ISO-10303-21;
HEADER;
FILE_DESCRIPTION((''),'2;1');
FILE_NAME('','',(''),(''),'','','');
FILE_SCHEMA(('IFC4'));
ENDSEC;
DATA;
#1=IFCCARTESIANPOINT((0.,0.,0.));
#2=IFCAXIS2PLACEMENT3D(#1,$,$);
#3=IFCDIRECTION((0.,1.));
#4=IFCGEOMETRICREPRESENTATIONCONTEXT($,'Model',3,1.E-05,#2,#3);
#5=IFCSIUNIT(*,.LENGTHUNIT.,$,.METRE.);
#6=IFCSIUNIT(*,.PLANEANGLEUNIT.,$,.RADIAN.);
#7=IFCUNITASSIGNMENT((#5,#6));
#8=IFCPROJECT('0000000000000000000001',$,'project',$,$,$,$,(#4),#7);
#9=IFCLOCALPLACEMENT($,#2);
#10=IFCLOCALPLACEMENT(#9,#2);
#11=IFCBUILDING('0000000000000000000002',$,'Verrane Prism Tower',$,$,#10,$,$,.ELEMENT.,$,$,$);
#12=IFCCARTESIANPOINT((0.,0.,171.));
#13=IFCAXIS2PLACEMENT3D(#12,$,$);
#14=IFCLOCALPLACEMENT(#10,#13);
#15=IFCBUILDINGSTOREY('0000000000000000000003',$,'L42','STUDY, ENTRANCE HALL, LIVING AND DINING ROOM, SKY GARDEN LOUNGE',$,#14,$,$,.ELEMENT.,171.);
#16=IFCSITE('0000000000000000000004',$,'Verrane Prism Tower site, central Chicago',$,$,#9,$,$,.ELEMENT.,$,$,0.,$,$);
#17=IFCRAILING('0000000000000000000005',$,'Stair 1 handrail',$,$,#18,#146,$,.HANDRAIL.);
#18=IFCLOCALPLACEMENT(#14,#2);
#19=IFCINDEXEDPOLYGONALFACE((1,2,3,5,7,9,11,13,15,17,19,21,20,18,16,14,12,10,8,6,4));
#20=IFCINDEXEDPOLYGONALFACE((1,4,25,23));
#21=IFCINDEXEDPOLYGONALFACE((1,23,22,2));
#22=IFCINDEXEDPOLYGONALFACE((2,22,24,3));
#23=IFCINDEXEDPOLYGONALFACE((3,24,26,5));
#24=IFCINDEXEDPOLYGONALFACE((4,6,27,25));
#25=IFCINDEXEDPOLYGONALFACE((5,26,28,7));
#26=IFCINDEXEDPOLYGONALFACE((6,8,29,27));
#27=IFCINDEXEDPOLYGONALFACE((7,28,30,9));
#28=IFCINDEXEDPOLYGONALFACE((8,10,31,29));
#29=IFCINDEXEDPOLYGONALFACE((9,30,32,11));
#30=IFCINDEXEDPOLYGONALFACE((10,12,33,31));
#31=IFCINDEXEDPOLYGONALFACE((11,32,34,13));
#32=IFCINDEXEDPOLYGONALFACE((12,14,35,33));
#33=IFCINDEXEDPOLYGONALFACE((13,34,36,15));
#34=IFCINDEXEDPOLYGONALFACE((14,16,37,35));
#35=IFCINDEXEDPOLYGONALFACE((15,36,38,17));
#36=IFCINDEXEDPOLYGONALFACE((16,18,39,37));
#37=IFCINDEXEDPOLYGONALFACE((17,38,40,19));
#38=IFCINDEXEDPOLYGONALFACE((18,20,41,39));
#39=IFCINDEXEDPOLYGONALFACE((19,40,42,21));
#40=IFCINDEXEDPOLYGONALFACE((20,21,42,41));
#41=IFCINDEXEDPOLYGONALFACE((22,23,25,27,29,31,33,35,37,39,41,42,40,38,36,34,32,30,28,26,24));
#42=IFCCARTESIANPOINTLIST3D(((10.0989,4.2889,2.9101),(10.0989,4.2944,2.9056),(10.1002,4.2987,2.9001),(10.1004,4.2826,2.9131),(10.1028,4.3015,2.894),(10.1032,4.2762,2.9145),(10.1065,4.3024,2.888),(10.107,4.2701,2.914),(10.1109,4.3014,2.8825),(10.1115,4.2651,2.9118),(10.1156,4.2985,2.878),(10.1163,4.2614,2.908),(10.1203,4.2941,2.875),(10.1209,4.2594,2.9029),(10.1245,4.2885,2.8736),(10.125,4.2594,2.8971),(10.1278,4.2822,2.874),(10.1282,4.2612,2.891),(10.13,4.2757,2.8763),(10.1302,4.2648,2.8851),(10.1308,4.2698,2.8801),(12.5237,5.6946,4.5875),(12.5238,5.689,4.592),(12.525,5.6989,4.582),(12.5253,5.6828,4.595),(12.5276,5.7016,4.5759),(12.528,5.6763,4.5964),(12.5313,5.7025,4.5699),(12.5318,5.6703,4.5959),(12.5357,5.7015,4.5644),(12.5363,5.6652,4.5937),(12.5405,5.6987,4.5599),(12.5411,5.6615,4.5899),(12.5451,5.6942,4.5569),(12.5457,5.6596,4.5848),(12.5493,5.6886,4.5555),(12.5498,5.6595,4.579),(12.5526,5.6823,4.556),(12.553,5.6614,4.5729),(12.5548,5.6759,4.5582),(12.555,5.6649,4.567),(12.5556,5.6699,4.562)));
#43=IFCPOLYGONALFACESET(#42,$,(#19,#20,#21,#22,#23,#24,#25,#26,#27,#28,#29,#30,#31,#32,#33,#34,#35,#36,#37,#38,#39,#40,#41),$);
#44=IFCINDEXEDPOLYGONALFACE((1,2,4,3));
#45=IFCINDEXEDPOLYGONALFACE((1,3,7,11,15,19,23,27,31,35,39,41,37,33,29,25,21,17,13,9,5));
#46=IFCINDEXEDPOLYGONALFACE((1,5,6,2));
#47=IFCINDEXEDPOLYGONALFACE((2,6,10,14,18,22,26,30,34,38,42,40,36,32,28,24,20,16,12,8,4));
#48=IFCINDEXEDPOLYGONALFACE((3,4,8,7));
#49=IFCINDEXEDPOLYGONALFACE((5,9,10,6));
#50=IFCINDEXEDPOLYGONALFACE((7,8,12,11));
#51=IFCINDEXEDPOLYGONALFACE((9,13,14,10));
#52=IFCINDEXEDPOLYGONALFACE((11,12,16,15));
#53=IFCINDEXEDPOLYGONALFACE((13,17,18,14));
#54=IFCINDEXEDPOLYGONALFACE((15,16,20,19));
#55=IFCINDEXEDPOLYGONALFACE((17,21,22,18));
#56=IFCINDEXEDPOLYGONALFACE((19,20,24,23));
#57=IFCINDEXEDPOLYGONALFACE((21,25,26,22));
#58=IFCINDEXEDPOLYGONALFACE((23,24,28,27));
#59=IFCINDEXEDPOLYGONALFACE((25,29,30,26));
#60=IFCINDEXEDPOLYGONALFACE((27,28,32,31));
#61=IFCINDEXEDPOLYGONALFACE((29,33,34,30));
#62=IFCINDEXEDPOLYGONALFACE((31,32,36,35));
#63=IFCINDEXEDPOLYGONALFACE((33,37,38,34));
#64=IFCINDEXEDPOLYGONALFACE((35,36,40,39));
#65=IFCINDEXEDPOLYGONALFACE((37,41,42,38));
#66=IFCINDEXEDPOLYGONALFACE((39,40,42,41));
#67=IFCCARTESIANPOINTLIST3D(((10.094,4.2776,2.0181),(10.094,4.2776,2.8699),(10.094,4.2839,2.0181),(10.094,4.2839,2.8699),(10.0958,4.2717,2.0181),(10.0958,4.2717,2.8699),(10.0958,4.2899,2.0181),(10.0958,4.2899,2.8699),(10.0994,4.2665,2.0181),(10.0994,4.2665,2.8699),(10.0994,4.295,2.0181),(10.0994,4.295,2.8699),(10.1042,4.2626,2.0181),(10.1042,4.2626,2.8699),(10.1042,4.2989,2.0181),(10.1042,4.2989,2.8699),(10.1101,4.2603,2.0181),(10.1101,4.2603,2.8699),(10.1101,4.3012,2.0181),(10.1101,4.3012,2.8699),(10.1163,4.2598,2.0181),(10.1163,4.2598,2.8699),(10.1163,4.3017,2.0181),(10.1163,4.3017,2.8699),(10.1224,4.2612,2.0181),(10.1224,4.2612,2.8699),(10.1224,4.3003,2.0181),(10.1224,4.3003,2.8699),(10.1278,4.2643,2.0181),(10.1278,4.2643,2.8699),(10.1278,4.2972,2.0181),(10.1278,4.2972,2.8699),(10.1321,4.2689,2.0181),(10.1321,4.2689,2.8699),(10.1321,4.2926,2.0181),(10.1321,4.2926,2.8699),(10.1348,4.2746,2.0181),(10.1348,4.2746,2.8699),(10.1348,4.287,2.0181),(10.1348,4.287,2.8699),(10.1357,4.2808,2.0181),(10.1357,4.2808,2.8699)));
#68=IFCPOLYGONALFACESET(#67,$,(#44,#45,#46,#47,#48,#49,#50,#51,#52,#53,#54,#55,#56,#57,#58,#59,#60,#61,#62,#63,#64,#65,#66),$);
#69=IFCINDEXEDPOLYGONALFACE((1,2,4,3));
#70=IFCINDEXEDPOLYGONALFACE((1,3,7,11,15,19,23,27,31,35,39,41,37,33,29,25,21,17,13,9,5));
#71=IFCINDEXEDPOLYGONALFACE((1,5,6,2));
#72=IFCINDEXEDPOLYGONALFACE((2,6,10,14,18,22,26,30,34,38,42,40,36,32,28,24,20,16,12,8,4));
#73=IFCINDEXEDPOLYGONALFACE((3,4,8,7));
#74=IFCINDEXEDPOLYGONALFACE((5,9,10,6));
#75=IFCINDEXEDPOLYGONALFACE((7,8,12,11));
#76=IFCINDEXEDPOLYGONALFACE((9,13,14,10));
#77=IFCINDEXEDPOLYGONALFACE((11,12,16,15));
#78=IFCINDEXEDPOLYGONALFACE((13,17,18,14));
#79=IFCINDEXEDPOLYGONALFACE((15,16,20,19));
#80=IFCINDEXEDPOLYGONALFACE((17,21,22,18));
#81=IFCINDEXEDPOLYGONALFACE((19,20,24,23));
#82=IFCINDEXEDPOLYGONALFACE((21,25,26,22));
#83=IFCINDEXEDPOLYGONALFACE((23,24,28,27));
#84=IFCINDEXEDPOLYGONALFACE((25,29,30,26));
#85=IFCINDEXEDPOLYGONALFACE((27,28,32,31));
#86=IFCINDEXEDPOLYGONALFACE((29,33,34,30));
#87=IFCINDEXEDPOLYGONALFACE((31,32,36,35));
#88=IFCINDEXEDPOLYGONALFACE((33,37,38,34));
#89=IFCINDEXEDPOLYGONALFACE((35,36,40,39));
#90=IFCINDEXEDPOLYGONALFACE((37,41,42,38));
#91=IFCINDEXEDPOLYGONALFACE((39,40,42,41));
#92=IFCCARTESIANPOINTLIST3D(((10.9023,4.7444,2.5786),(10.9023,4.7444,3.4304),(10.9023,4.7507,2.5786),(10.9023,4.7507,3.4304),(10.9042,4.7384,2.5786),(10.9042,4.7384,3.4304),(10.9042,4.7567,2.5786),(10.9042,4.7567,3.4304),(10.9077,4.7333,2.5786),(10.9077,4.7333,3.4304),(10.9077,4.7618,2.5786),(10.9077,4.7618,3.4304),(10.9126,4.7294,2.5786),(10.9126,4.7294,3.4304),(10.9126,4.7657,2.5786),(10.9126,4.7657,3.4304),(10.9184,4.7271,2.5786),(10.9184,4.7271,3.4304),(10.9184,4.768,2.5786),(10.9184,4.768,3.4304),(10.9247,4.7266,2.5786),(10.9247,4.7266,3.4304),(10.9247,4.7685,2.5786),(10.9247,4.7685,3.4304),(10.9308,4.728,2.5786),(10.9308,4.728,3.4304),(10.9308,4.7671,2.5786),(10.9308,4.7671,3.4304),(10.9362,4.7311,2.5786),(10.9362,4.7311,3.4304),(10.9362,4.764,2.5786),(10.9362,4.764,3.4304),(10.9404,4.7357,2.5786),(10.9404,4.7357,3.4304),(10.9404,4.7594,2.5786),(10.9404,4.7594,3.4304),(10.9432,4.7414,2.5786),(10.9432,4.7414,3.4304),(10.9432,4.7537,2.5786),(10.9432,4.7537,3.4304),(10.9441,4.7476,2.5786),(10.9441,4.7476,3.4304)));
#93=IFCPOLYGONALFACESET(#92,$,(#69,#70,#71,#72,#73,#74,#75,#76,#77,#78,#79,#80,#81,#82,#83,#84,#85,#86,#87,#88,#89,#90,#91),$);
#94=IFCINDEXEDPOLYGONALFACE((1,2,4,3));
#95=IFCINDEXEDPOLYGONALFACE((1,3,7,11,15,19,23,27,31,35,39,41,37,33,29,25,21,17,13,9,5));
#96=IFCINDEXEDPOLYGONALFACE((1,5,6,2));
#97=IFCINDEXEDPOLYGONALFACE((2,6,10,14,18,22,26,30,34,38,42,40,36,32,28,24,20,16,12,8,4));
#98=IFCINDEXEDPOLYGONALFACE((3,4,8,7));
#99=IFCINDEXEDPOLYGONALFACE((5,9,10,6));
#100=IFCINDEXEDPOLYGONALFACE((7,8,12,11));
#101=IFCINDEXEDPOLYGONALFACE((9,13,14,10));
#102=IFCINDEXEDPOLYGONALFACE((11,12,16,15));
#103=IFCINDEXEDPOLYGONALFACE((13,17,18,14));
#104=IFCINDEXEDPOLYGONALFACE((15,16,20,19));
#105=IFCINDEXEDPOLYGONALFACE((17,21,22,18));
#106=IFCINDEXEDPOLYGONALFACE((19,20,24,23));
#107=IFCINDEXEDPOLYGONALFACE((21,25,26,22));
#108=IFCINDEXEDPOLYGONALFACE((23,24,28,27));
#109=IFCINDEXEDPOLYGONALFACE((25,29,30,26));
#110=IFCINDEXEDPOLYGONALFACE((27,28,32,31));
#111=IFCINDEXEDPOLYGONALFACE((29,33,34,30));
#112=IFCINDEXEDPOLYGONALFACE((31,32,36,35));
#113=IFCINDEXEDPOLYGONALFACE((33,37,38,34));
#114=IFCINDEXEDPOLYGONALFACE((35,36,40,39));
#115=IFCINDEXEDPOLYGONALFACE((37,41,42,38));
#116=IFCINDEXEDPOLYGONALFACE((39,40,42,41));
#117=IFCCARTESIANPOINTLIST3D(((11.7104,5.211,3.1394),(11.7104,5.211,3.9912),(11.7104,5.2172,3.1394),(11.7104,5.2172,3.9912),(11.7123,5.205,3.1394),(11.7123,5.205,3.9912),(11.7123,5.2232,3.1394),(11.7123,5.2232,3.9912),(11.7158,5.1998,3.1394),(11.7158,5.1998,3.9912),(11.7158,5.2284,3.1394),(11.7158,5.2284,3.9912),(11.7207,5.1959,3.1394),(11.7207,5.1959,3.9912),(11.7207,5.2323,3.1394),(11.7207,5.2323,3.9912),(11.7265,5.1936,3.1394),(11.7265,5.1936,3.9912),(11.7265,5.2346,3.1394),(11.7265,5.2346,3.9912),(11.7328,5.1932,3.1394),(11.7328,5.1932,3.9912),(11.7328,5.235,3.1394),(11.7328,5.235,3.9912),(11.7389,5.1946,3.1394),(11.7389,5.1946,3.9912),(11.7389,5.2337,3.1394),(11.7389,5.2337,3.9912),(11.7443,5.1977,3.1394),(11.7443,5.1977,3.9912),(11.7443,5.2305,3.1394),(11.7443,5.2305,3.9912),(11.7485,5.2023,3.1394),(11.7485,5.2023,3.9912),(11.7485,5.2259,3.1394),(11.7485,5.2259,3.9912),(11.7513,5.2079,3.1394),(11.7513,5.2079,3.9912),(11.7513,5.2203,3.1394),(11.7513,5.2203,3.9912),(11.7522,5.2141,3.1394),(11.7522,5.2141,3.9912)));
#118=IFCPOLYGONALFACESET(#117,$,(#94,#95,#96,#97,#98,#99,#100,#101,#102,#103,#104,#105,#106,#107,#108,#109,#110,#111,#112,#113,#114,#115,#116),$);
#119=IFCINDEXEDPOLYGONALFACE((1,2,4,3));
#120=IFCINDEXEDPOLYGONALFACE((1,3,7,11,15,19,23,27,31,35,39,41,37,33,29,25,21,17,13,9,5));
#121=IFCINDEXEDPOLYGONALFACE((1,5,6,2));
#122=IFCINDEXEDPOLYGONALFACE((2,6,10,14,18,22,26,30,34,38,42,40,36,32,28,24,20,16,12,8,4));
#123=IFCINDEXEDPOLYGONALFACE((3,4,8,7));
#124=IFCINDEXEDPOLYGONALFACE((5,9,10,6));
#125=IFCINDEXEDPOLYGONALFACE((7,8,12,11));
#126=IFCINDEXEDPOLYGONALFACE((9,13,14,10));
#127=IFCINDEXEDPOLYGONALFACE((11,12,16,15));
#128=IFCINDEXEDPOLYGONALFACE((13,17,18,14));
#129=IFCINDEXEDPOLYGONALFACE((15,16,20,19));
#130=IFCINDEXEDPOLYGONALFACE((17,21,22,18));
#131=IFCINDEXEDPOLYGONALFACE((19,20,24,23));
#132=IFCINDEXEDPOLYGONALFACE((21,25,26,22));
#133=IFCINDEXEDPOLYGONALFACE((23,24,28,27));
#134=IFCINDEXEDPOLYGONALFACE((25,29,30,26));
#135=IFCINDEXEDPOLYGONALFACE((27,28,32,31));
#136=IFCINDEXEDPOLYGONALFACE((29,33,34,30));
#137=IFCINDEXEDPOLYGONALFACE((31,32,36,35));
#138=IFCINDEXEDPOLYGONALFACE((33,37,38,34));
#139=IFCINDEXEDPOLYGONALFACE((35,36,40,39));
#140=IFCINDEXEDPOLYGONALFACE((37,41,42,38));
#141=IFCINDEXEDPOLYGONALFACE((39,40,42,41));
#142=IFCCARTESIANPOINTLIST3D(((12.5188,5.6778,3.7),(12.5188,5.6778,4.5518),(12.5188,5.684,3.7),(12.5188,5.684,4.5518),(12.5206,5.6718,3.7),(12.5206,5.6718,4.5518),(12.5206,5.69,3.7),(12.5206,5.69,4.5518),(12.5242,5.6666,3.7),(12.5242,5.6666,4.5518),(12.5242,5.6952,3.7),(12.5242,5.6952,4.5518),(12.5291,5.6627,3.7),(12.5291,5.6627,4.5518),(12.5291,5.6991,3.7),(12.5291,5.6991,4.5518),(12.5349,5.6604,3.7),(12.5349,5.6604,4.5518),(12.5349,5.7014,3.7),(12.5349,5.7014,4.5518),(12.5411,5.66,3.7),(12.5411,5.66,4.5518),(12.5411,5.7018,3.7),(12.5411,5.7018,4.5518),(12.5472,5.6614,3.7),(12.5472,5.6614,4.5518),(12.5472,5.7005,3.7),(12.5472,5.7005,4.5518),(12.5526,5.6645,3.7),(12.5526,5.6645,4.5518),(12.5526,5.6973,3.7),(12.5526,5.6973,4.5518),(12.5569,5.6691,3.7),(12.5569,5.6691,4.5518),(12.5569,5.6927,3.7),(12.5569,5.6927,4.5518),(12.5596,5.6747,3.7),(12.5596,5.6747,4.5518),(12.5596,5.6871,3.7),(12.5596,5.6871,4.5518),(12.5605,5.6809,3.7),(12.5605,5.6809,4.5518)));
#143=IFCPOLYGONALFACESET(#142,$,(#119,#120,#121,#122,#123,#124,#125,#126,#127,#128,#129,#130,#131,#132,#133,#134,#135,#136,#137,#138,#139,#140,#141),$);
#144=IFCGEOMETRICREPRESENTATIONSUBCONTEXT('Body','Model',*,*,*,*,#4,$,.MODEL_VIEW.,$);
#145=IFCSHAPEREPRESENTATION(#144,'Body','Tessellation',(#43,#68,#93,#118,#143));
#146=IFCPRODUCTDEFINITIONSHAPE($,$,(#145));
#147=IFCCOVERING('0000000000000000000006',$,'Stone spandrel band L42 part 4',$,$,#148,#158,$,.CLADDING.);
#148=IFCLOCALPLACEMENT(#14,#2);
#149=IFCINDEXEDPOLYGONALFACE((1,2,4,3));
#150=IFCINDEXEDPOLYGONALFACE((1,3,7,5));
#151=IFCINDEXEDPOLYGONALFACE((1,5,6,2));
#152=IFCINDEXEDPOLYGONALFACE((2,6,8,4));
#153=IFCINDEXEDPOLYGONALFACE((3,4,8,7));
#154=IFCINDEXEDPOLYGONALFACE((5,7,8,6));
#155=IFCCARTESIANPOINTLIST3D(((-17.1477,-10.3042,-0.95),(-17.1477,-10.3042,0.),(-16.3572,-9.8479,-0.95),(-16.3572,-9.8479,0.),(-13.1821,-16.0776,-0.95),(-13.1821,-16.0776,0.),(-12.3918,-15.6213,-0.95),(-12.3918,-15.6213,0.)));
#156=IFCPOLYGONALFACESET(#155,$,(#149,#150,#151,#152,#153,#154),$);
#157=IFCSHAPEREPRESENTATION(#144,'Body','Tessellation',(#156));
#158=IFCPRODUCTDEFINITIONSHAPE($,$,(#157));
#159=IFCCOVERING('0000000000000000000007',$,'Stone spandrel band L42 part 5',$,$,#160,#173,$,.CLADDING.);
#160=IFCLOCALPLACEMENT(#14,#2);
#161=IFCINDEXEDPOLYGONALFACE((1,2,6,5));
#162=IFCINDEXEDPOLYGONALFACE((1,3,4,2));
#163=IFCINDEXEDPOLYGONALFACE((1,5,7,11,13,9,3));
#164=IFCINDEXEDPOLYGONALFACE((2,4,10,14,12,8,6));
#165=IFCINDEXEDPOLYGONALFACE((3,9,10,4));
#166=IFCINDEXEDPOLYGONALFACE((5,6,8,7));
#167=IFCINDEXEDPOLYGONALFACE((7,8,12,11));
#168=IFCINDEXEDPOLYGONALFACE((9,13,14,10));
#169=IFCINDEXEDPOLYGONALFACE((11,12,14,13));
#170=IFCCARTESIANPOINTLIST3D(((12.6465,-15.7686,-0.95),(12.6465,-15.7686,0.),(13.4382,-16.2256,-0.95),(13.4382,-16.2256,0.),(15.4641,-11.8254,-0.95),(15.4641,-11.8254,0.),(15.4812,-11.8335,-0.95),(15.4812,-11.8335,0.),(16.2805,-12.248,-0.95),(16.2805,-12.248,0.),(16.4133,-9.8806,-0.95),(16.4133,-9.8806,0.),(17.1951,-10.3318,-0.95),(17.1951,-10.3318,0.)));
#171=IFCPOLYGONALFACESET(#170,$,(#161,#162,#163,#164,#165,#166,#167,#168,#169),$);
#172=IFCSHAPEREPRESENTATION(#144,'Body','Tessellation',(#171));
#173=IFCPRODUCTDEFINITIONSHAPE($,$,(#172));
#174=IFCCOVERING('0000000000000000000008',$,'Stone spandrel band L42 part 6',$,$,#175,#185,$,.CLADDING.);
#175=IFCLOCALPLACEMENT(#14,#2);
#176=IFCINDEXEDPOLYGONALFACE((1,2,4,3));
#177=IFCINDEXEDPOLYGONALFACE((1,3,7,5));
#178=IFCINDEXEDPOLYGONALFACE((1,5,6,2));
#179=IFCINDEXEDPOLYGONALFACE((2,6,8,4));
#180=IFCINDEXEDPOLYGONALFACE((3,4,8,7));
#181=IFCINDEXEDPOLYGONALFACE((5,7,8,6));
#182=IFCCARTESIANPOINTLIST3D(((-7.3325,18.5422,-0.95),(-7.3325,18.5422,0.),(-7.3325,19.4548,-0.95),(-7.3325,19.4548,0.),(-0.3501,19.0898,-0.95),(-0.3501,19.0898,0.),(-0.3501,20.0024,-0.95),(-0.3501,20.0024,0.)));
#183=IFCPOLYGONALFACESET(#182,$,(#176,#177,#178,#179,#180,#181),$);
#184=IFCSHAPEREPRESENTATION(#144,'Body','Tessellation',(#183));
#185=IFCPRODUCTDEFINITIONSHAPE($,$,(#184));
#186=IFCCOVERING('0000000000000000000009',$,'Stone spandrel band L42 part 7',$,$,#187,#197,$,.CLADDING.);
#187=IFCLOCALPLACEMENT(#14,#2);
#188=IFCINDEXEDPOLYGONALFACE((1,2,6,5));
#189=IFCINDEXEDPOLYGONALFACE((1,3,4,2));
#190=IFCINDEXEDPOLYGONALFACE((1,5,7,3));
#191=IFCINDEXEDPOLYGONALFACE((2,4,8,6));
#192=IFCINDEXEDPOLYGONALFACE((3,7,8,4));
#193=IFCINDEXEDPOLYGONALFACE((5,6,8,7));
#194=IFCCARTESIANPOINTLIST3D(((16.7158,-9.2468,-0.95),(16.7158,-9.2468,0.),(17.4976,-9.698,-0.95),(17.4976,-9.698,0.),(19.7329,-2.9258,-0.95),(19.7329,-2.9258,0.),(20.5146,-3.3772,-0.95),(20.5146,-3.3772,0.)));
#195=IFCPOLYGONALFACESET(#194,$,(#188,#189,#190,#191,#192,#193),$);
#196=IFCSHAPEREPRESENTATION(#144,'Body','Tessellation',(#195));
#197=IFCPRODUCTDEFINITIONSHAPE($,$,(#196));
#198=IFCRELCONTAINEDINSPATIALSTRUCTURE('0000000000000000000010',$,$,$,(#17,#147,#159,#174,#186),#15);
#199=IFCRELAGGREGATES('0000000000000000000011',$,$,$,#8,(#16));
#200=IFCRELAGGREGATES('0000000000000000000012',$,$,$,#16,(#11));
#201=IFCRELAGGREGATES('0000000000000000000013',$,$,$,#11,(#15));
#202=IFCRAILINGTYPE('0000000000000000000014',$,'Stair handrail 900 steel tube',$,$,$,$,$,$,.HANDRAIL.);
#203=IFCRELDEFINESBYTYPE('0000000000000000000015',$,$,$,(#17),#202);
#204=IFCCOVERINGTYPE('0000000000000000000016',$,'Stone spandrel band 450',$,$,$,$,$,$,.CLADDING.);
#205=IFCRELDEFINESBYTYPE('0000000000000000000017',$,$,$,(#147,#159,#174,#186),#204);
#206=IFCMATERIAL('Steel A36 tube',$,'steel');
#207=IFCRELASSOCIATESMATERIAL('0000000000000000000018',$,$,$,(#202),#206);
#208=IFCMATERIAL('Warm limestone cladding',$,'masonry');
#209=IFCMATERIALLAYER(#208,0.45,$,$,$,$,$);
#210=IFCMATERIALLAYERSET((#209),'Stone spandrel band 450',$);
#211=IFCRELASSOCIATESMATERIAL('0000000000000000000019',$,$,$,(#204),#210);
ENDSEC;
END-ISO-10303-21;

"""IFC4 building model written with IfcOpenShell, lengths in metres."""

from ifc_helpers import new_model, si_unit, direction, frame, origin, origin_2d, place, context, subcontext, project, spatial, polyline, circle, outline, extrude, material, layer, layer_set, type_object, element, save


model = new_model("IFC4")

# Units and contexts
model_context = context("Model", 3, precision=1e-05, world=origin(), true_north=direction((0.0, 1.0)))
body_context = subcontext(model_context, "Body", "Model", "MODEL_VIEW")
ifc_project = project(units=[si_unit("LENGTHUNIT", "METRE"), si_unit("PLANEANGLEUNIT", "RADIAN")], contexts=[model_context])

# Site, building, storey
site_placement = place(None, origin())
site = spatial("IfcSite", under=ifc_project, at=site_placement, Name="Verrane Prism Tower site, central Chicago", CompositionType="ELEMENT", RefElevation=0.0)
building_placement = place(site_placement, origin())
building = spatial("IfcBuilding", under=site, at=building_placement, Name="Verrane Prism Tower", CompositionType="ELEMENT")
storey_placement = place(building_placement, frame((0.0, 0.0, 171.0)))
storey = spatial("IfcBuildingStorey", under=building, at=storey_placement, Name="L42", Description="STUDY, ENTRANCE HALL, LIVING AND DINING ROOM, SKY GARDEN LOUNGE", CompositionType="ELEMENT", Elevation=171.0)

# Railing
ifc_material_1 = material(Name="Steel A36 tube", Category="steel")
railing_type = type_object("IfcRailingType", Name="Stair handrail 900 steel tube", PredefinedType="HANDRAIL", material=ifc_material_1)
railing_placement = place(storey_placement, frame((10.1147, 4.2808, 2.0181)))
element("IfcRailing", 1, at=railing_placement, inside=storey, type_object=railing_type, Name="Stair 1 handrail", PredefinedType="HANDRAIL", context=body_context, shape_type="SweptSolid", body=[
    extrude(circle(Radius=0.0239, at=origin_2d()), frame((0.0, 0.0, 0.876), z_axis=(0.742367, 0.428662, 0.514918), x_axis=(-0.50005, 0.865997, 0.0)), (0.0, 0.0, 1.0), 3.2664),
    extrude(circle(Radius=0.021, at=origin_2d()), origin(), (0.0, 0.0, 1.0), 0.8518),
    extrude(circle(Radius=0.021, at=origin_2d()), frame((0.8083, 0.4668, 0.5605)), (0.0, 0.0, 1.0), 0.8518),
    extrude(circle(Radius=0.021, at=origin_2d()), frame((1.6165, 0.9333, 1.1213)), (0.0, 0.0, 1.0), 0.8518),
    extrude(circle(Radius=0.021, at=origin_2d()), frame((2.4248, 1.4001, 1.6819)), (0.0, 0.0, 1.0), 0.8518),
])

# Coverings
ifc_material_2 = material(Name="Warm limestone cladding", Category="masonry")
ifc_layer_1 = layer(ifc_material_2, 0.45)
ifc_layer_set_1 = layer_set([ifc_layer_1], Name="Stone spandrel band 450")
covering_type = type_object("IfcCoveringType", Name="Stone spandrel band 450", PredefinedType="CLADDING", material=ifc_layer_set_1)
covering_1_placement = place(storey_placement, frame((0.0, 0.0, -0.95)))
element("IfcCovering", 2, at=covering_1_placement, inside=storey, type_object=covering_type, Name="Stone spandrel band L42 part 4", PredefinedType="CLADDING", context=body_context, shape_type="SweptSolid", body=[
    extrude(outline(polyline([(-12.3918, -15.6213), (-16.3572, -9.8479), (-17.1477, -10.3042), (-13.1821, -16.0776), (-12.3918, -15.6213)])), origin(), (0.0, 0.0, 1.0), 0.95),
])
covering_2_placement = place(storey_placement, frame((0.0, 0.0, -0.95)))
element("IfcCovering", 3, at=covering_2_placement, inside=storey, type_object=covering_type, Name="Stone spandrel band L42 part 5", PredefinedType="CLADDING", context=body_context, shape_type="SweptSolid", body=[
    extrude(outline(polyline([(12.6465, -15.7686), (13.4382, -16.2256), (16.2805, -12.248), (17.1951, -10.3318), (16.4133, -9.8806), (15.4812, -11.8335), (15.4641, -11.8254), (12.6465, -15.7686)])), origin(), (0.0, 0.0, 1.0), 0.95),
])
covering_3_placement = place(storey_placement, frame((0.0, 0.0, -0.95)))
element("IfcCovering", 4, at=covering_3_placement, inside=storey, type_object=covering_type, Name="Stone spandrel band L42 part 6", PredefinedType="CLADDING", context=body_context, shape_type="SweptSolid", body=[
    extrude(outline(polyline([(-7.3325, 18.5422), (-0.3501, 19.0898), (-0.3501, 20.0024), (-7.3325, 19.4548), (-7.3325, 18.5422)])), origin(), (0.0, 0.0, 1.0), 0.95),
])
covering_4_placement = place(storey_placement, frame((0.0, 0.0, -0.95)))
element("IfcCovering", 5, at=covering_4_placement, inside=storey, type_object=covering_type, Name="Stone spandrel band L42 part 7", PredefinedType="CLADDING", context=body_context, shape_type="SweptSolid", body=[
    extrude(outline(polyline([(16.7158, -9.2468), (17.4976, -9.698), (20.5146, -3.3772), (19.7329, -2.9258), (16.7158, -9.2468)])), origin(), (0.0, 0.0, 1.0), 0.95),
])

save(model, "model.ifc")
